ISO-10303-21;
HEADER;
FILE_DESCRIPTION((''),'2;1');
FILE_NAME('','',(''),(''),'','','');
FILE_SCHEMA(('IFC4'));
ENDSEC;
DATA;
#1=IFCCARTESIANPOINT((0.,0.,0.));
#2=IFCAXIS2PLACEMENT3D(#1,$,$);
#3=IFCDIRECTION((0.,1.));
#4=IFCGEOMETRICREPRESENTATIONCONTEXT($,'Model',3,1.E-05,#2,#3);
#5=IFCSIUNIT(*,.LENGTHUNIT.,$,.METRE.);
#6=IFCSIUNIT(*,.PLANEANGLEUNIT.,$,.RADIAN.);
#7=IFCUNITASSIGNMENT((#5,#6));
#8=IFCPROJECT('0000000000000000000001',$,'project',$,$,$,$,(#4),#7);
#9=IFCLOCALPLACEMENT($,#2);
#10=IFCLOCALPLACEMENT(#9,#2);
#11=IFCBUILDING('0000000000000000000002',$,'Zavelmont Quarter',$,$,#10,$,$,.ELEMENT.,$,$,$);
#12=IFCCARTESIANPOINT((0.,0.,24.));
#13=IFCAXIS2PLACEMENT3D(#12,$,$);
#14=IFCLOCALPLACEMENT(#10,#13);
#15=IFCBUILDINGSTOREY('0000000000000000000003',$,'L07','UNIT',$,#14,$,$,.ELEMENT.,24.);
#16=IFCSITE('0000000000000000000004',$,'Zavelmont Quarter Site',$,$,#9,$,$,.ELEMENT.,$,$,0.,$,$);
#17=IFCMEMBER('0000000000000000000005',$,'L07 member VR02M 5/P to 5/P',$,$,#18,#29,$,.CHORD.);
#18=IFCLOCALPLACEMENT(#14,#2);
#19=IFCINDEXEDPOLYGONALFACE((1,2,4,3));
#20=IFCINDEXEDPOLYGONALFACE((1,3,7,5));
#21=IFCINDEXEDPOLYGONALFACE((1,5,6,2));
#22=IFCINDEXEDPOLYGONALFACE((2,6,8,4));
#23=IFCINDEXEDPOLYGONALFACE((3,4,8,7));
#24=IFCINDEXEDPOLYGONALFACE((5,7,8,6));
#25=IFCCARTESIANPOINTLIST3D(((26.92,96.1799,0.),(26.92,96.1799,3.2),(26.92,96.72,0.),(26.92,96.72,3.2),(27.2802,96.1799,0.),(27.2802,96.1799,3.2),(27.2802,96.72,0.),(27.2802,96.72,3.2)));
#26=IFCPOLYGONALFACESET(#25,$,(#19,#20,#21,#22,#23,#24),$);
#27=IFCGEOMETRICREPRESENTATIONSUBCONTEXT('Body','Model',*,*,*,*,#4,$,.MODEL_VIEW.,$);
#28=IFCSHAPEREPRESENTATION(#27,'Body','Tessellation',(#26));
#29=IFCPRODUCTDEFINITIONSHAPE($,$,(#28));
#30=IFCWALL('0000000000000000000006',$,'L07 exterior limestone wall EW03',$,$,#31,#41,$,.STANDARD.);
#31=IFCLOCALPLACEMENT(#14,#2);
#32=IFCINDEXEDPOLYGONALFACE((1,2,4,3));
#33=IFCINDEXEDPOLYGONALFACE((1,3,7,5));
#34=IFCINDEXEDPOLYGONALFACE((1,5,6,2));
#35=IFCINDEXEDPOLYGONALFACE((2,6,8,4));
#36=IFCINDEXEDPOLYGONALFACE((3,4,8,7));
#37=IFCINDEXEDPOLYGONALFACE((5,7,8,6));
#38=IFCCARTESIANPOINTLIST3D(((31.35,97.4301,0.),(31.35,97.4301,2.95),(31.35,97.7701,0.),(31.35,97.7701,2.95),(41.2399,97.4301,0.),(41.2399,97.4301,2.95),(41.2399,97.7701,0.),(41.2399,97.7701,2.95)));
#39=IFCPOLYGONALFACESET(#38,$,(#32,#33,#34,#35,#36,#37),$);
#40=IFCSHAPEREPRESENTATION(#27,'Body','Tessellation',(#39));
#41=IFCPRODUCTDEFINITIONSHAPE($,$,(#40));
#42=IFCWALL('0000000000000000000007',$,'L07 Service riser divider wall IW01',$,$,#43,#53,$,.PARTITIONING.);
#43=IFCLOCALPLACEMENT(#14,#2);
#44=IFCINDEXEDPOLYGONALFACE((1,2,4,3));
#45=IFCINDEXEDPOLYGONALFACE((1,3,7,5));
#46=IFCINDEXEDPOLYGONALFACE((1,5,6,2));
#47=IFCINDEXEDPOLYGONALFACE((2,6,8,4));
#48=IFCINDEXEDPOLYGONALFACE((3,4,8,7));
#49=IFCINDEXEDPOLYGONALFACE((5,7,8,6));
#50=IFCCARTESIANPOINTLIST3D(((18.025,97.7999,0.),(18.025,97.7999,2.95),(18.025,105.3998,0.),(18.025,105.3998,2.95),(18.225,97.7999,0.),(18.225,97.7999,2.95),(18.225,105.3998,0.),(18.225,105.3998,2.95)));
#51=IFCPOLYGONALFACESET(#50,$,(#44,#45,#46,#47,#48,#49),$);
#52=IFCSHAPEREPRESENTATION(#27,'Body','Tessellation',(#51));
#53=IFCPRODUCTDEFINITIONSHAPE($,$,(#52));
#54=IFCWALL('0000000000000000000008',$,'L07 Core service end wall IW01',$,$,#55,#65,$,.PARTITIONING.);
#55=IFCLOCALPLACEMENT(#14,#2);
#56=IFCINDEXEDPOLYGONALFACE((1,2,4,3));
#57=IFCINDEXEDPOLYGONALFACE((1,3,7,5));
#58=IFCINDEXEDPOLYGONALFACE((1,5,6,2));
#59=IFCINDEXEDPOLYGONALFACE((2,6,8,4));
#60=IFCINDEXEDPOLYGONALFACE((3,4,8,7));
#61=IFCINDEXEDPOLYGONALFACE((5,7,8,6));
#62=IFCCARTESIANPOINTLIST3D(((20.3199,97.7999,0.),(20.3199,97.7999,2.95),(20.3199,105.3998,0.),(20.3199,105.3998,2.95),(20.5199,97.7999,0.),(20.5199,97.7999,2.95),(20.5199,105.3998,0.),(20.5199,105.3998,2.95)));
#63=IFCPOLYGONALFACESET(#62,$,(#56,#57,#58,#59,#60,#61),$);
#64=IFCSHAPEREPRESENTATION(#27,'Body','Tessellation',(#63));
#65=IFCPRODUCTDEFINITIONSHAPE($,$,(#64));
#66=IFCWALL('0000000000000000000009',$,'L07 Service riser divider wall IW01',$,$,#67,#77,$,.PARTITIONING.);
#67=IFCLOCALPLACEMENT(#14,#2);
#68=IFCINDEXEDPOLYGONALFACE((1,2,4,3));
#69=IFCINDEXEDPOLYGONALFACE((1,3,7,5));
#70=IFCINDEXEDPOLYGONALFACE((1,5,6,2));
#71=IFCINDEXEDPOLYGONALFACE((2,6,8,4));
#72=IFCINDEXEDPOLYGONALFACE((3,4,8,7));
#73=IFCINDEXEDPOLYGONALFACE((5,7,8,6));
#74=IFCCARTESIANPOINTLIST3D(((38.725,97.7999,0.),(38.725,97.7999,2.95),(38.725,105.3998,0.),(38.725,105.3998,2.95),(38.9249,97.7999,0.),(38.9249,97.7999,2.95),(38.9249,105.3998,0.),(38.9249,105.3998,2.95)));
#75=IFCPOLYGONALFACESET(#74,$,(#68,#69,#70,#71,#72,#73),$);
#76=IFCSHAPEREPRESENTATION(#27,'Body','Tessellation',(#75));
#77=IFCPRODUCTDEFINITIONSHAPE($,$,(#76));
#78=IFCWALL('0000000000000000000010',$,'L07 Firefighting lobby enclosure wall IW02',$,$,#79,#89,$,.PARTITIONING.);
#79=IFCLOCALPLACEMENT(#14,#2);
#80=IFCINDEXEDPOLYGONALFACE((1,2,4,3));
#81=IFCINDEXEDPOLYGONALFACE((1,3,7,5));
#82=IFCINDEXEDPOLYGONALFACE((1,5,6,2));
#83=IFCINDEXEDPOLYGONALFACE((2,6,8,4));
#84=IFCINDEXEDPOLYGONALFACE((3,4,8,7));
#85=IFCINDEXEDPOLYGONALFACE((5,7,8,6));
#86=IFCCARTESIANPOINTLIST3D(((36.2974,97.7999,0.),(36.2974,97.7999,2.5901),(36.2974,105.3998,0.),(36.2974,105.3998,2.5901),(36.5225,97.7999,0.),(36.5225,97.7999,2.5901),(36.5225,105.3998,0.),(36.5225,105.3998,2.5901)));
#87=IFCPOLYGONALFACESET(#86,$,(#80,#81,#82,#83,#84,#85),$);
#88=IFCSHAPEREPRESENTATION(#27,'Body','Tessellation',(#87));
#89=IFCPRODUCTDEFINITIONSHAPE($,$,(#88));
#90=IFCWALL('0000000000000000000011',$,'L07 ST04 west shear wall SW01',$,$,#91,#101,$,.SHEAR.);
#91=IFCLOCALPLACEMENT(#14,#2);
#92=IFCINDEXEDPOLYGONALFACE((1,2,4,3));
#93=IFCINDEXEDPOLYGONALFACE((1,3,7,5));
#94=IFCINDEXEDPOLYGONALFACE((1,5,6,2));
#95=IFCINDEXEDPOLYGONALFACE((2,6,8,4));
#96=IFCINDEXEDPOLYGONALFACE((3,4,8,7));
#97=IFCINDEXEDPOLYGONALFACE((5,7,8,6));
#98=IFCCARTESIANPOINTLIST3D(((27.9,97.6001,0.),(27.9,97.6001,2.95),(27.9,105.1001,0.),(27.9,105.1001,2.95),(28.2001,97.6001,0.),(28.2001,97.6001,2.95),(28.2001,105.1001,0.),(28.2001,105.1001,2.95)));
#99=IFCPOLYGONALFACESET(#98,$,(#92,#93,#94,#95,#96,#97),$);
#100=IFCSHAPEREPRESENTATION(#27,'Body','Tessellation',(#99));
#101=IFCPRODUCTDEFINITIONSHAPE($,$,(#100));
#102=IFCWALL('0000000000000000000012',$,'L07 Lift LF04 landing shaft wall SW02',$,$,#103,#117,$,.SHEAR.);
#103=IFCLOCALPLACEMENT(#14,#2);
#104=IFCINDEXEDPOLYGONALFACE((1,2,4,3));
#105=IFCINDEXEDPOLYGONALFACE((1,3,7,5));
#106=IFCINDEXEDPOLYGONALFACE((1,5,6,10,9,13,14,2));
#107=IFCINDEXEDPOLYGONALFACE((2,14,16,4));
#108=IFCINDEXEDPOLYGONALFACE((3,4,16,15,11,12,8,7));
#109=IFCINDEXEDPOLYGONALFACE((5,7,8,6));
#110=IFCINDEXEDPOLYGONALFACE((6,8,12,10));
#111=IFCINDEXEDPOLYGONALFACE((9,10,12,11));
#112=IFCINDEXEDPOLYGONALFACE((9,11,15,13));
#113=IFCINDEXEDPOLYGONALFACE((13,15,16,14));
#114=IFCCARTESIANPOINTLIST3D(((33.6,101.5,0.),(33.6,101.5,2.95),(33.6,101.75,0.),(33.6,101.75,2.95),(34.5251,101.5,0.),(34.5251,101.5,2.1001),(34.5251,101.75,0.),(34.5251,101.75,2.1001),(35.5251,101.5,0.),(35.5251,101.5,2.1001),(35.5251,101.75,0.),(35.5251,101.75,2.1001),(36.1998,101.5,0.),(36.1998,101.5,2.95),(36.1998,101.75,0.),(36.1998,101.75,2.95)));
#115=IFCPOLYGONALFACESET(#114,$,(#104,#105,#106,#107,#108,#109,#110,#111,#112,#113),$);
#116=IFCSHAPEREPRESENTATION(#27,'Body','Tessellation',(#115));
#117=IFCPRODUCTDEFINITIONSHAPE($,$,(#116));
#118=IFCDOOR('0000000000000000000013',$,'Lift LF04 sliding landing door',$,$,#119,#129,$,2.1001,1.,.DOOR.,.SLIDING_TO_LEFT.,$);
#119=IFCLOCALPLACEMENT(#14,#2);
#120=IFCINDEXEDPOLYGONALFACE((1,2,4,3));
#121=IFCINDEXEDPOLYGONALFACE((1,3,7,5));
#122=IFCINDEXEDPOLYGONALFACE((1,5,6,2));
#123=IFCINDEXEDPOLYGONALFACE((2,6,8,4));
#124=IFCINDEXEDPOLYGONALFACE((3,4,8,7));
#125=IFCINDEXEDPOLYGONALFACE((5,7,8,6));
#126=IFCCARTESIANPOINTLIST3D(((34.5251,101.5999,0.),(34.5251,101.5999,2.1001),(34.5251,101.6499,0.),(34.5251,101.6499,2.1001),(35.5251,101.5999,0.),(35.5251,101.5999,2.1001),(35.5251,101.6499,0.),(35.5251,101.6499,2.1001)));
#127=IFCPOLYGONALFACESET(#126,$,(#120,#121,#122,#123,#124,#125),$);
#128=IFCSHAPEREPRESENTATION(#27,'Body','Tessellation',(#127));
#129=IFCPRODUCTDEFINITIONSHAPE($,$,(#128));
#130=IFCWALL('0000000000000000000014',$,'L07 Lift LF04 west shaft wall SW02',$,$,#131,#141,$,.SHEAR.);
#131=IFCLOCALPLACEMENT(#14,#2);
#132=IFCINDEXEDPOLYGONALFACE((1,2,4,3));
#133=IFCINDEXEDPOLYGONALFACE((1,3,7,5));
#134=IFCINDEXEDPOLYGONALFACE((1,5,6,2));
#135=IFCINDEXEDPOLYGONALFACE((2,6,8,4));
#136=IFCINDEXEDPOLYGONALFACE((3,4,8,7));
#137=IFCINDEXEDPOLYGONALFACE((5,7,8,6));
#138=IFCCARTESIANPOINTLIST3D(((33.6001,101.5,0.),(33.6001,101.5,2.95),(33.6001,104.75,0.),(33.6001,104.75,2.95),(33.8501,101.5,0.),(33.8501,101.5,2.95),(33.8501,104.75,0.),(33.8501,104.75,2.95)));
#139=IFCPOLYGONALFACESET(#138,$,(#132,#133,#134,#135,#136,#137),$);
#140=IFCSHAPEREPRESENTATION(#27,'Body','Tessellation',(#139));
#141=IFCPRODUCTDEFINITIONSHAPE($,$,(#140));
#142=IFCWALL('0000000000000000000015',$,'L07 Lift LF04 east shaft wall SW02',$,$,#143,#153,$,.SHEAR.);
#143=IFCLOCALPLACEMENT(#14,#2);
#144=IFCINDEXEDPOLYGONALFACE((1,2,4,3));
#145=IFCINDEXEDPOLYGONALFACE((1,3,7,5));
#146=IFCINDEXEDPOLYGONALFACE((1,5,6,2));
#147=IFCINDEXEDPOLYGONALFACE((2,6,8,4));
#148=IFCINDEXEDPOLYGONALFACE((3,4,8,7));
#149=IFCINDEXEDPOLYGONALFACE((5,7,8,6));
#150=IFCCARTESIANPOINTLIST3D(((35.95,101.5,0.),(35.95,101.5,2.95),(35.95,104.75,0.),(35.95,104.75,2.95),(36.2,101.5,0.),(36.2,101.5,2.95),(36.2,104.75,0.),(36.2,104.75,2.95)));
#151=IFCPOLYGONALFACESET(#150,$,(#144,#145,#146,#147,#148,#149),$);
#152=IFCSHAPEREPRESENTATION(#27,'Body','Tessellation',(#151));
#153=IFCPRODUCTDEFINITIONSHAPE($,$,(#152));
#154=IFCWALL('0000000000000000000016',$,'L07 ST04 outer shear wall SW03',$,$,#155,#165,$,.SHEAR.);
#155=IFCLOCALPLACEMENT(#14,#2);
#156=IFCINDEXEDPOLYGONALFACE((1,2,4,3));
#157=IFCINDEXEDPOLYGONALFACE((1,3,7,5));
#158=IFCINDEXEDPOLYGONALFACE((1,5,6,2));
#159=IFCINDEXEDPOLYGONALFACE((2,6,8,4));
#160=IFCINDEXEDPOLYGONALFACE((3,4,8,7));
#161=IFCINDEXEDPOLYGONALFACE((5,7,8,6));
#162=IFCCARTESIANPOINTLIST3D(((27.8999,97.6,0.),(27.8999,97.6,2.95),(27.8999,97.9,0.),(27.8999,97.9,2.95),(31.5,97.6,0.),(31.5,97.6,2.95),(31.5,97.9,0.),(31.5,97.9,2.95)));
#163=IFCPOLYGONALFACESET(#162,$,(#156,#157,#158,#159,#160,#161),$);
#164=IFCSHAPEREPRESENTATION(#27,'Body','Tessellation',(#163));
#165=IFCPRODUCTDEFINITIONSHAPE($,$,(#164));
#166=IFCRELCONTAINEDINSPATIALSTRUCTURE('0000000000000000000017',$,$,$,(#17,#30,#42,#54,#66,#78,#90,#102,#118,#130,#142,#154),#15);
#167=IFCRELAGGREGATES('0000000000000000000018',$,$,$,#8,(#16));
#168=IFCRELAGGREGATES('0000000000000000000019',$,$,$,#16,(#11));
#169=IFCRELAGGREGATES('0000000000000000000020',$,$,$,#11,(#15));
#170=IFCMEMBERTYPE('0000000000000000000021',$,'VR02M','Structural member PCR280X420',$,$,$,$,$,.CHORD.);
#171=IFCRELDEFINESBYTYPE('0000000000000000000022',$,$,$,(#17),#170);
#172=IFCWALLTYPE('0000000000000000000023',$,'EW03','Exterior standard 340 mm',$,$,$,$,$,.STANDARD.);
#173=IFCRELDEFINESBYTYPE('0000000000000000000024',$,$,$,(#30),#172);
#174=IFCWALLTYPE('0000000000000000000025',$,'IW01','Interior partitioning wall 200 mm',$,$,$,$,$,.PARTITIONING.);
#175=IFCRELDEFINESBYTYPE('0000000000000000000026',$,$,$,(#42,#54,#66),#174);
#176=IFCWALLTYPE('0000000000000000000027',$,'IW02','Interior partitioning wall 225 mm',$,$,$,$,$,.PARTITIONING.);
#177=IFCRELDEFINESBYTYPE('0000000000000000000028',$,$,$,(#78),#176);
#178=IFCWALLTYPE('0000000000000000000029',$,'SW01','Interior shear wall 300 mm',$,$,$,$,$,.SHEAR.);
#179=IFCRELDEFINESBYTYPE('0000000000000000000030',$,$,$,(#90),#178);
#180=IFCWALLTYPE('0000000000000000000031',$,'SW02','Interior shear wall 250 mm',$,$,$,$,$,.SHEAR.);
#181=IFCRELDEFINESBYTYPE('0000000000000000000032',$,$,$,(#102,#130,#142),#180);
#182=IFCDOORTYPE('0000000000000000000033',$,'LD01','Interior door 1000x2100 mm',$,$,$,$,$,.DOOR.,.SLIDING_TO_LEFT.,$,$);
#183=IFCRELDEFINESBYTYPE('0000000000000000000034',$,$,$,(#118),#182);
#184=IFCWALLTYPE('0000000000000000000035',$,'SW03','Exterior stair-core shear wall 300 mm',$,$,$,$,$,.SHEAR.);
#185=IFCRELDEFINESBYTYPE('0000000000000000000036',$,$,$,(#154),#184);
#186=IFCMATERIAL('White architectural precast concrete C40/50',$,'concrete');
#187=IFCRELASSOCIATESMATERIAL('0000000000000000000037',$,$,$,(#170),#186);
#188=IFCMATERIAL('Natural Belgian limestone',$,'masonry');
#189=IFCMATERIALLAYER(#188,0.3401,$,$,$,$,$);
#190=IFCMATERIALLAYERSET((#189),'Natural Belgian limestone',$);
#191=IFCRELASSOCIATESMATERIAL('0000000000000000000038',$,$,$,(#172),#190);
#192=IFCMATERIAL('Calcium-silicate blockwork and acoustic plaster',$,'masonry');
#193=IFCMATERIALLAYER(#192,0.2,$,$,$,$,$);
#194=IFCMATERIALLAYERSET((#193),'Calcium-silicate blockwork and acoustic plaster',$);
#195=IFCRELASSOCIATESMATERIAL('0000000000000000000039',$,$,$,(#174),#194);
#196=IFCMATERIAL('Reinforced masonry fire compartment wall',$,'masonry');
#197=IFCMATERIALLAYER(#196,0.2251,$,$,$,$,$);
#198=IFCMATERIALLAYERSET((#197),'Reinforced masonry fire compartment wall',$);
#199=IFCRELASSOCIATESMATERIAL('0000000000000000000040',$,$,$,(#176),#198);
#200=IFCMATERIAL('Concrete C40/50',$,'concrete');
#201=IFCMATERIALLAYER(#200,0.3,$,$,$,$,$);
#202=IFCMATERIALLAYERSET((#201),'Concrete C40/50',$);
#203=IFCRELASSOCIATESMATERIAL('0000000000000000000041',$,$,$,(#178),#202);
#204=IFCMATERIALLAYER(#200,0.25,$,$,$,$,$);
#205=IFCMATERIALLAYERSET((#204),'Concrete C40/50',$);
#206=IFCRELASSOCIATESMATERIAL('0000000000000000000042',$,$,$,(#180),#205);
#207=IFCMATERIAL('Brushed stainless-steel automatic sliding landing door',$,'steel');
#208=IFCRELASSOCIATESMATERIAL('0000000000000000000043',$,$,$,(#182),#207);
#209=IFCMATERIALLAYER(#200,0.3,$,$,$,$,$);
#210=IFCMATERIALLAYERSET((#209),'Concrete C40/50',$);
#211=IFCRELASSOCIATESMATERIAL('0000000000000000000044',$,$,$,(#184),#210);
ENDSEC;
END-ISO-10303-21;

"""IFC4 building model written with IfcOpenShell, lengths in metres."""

from ifc_helpers import new_model, si_unit, direction, frame, frame_2d, origin, origin_with_axes, origin_2d, place, context, subcontext, project, spatial, rectangle, extrude, material, layer, layer_set, material_profile, profile_set, type_object, element, fill, save


model = new_model("IFC4")

# Units and contexts
model_context = context("Model", 3, precision=1e-05, world=origin(), true_north=direction((0.0, 1.0)))
body_context = subcontext(model_context, "Body", "Model", "MODEL_VIEW")
ifc_project = project(units=[si_unit("LENGTHUNIT", "METRE"), si_unit("PLANEANGLEUNIT", "RADIAN")], contexts=[model_context])

# Site, building, storey
site_placement = place(None, origin())
site = spatial("IfcSite", under=ifc_project, at=site_placement, Name="Zavelmont Quarter Site", CompositionType="ELEMENT", RefElevation=0.0)
building_placement = place(site_placement, origin())
building = spatial("IfcBuilding", under=site, at=building_placement, Name="Zavelmont Quarter", CompositionType="ELEMENT")
storey_placement = place(building_placement, frame((0.0, 0.0, 24.0)))
storey = spatial("IfcBuildingStorey", under=building, at=storey_placement, Name="L07", Description="UNIT", CompositionType="ELEMENT", Elevation=24.0)

# Shared definitions
ifc_material_1 = material(Name="Concrete C40/50", Category="concrete")

# Member
ifc_material_2 = material(Name="White architectural precast concrete C40/50", Category="concrete")
ifc_material_profile_1 = material_profile(ifc_material_2, rectangle(XDim=0.3601, YDim=0.54, at=origin_2d()), Name="PCR280X420")
ifc_profile_set_1 = profile_set([ifc_material_profile_1], Name="White architectural precast concrete C40/50")
member_type = type_object("IfcMemberType", Name="VR02M", Description="Structural member PCR280X420", PredefinedType="CHORD", material=ifc_profile_set_1)
for number, where, z_axis, x_axis, name in (
    (1, (27.1001, 96.45, 0.0), (0.0, 0.0, 1.0), (1.0, 0.0, 0.0), "L07 member VR02M 5/P to 5/P"),
):
    element("IfcMember", number, at=place(storey_placement, frame(where, z_axis=z_axis, x_axis=x_axis)), inside=storey, type_object=member_type, Name=name, PredefinedType="CHORD", context=body_context, shape_type="SweptSolid", body=[
        extrude(rectangle(XDim=0.3601, YDim=0.54, at=origin_2d()), origin(), (0.0, 0.0, 1.0), 3.2),
    ])

# Walls
ifc_material_3 = material(Name="Natural Belgian limestone", Category="masonry")
ifc_layer_1 = layer(ifc_material_3, 0.3401)
ifc_layer_set_1 = layer_set([ifc_layer_1], Name="Natural Belgian limestone")
wall_type_1 = type_object("IfcWallType", Name="EW03", Description="Exterior standard 340 mm", PredefinedType="STANDARD", material=ifc_layer_set_1)
wall_1_placement = place(storey_placement, frame((31.3501, 97.6001, 0.0), z_axis=(0.0, 0.0, 1.0), x_axis=(1.0, 0.0, 0.0)))
element("IfcWall", 2, at=wall_1_placement, inside=storey, type_object=wall_type_1, Name="L07 exterior limestone wall EW03", PredefinedType="STANDARD", context=body_context, shape_type="SweptSolid", body=[
    extrude(rectangle(XDim=9.8899, YDim=0.3401, at=frame_2d((4.9448, 0.0))), origin(), (0.0, 0.0, 1.0), 2.95),
])
ifc_material_4 = material(Name="Calcium-silicate blockwork and acoustic plaster", Category="masonry")
ifc_layer_2 = layer(ifc_material_4, 0.2)
ifc_layer_set_2 = layer_set([ifc_layer_2], Name="Calcium-silicate blockwork and acoustic plaster")
wall_type_2 = type_object("IfcWallType", Name="IW01", Description="Interior partitioning wall 200 mm", PredefinedType="PARTITIONING", material=ifc_layer_set_2)
for number, where, z_axis, x_axis, name in (
    (3, (18.125, 97.8, 0.0), (0.0, 0.0, 1.0), (0.0, 1.0, 0.0), "L07 Service riser divider wall IW01"),
    (4, (20.4199, 97.8, 0.0), (0.0, 0.0, 1.0), (0.0, 1.0, 0.0), "L07 Core service end wall IW01"),
    (5, (38.825, 97.8, 0.0), (0.0, 0.0, 1.0), (0.0, 1.0, 0.0), "L07 Service riser divider wall IW01"),
):
    element("IfcWall", number, at=place(storey_placement, frame(where, z_axis=z_axis, x_axis=x_axis)), inside=storey, type_object=wall_type_2, Name=name, PredefinedType="PARTITIONING", context=body_context, shape_type="SweptSolid", body=[
        extrude(rectangle(XDim=7.5999, YDim=0.2, at=frame_2d((3.7998, 0.0))), origin(), (0.0, 0.0, 1.0), 2.95),
    ])
ifc_material_5 = material(Name="Reinforced masonry fire compartment wall", Category="masonry")
ifc_layer_3 = layer(ifc_material_5, 0.2251)
ifc_layer_set_3 = layer_set([ifc_layer_3], Name="Reinforced masonry fire compartment wall")
wall_type_3 = type_object("IfcWallType", Name="IW02", Description="Interior partitioning wall 225 mm", PredefinedType="PARTITIONING", material=ifc_layer_set_3)
wall_2_placement = place(storey_placement, frame((36.4099, 97.8, 0.0), z_axis=(0.0, 0.0, 1.0), x_axis=(0.0, 1.0, 0.0)))
element("IfcWall", 6, at=wall_2_placement, inside=storey, type_object=wall_type_3, Name="L07 Firefighting lobby enclosure wall IW02", PredefinedType="PARTITIONING", context=body_context, shape_type="SweptSolid", body=[
    extrude(rectangle(XDim=7.5999, YDim=0.2251, at=frame_2d((3.7998, 0.0))), origin(), (0.0, 0.0, 1.0), 2.5901),
])

# Wall
ifc_layer_4 = layer(ifc_material_1, 0.3)
ifc_layer_set_4 = layer_set([ifc_layer_4], Name="Concrete C40/50")
wall_type_4 = type_object("IfcWallType", Name="SW01", Description="Interior shear wall 300 mm", PredefinedType="SHEAR", material=ifc_layer_set_4)
wall_3_placement = place(storey_placement, frame((28.05, 97.6001, 0.0), z_axis=(0.0, 0.0, 1.0), x_axis=(0.0, 1.0, 0.0)))
element("IfcWall", 7, at=wall_3_placement, inside=storey, type_object=wall_type_4, Name="L07 ST04 west shear wall SW01", PredefinedType="SHEAR", context=body_context, shape_type="SweptSolid", body=[
    extrude(rectangle(XDim=7.5, YDim=0.3, at=frame_2d((3.75, 0.0))), origin(), (0.0, 0.0, 1.0), 2.95),
])

# Wall, opening, door
ifc_layer_5 = layer(ifc_material_1, 0.25)
ifc_layer_set_5 = layer_set([ifc_layer_5], Name="Concrete C40/50")
wall_type_5 = type_object("IfcWallType", Name="SW02", Description="Interior shear wall 250 mm", PredefinedType="SHEAR", material=ifc_layer_set_5)
wall_4_placement = place(storey_placement, frame((33.6001, 101.625, 0.0), z_axis=(0.0, 0.0, 1.0), x_axis=(1.0, 0.0, 0.0)))
wall_4 = element("IfcWall", 8, at=wall_4_placement, inside=storey, type_object=wall_type_5, Name="L07 Lift LF04 landing shaft wall SW02", PredefinedType="SHEAR", context=body_context, shape_type="SweptSolid", body=[
    extrude(rectangle(XDim=2.5999, YDim=0.25, at=frame_2d((1.2998, 0.0))), origin(), (0.0, 0.0, 1.0), 2.95),
])
opening_1_placement = place(wall_4_placement, frame((0.925, 0.0, 0.0)))
opening_1 = element("IfcOpeningElement", 9, at=opening_1_placement, cuts=wall_4, PredefinedType="OPENING", context=body_context, shape_type="SweptSolid", body=[
    extrude(rectangle(XDim=1.0, YDim=2.1001, at=frame_2d((0.5, 1.05))), frame((0.0, 0.137, 0.0), z_axis=(0.0, -1.0, 0.0), x_axis=(1.0, 0.0, 0.0)), (0.0, 0.0, 1.0), 0.2739),
])
ifc_material_6 = material(Name="Brushed stainless-steel automatic sliding landing door", Category="steel")
door_type_1 = type_object("IfcDoorType", Name="LD01", Description="Interior door 1000x2100 mm", OperationType="SLIDING_TO_LEFT", PredefinedType="DOOR", material=ifc_material_6)
door_1_placement = place(opening_1_placement, origin_with_axes())
door_1 = element("IfcDoor", 10, at=door_1_placement, inside=storey, type_object=door_type_1, Name="Lift LF04 sliding landing door", OperationType="SLIDING_TO_LEFT", OverallHeight=2.1001, OverallWidth=1.0, PredefinedType="DOOR", context=body_context, shape_type="SweptSolid", body=[
    extrude(rectangle(XDim=1.0, YDim=2.1001, at=frame_2d((0.5, 1.05))), frame((0.0, 0.0249, 0.0), z_axis=(0.0, -1.0, 0.0), x_axis=(1.0, 0.0, 0.0)), (0.0, 0.0, 1.0), 0.05),
])
fill(opening_1, door_1)

# Walls
for number, where, z_axis, x_axis, name in (
    (11, (33.7251, 101.5, 0.0), (0.0, 0.0, 1.0), (0.0, 1.0, 0.0), "L07 Lift LF04 west shaft wall SW02"),
    (12, (36.075, 101.5, 0.0), (0.0, 0.0, 1.0), (0.0, 1.0, 0.0), "L07 Lift LF04 east shaft wall SW02"),
):
    element("IfcWall", number, at=place(storey_placement, frame(where, z_axis=z_axis, x_axis=x_axis)), inside=storey, type_object=wall_type_5, Name=name, PredefinedType="SHEAR", context=body_context, shape_type="SweptSolid", body=[
        extrude(rectangle(XDim=3.25, YDim=0.25, at=frame_2d((1.625, 0.0))), origin(), (0.0, 0.0, 1.0), 2.95),
    ])
ifc_layer_6 = layer(ifc_material_1, 0.3)
ifc_layer_set_6 = layer_set([ifc_layer_6], Name="Concrete C40/50")
wall_type_6 = type_object("IfcWallType", Name="SW03", Description="Exterior stair-core shear wall 300 mm", PredefinedType="SHEAR", material=ifc_layer_set_6)
wall_5_placement = place(storey_placement, frame((27.8999, 97.75, 0.0), z_axis=(0.0, 0.0, 1.0), x_axis=(1.0, 0.0, 0.0)))
element("IfcWall", 13, at=wall_5_placement, inside=storey, type_object=wall_type_6, Name="L07 ST04 outer shear wall SW03", PredefinedType="SHEAR", context=body_context, shape_type="SweptSolid", body=[
    extrude(rectangle(XDim=3.6001, YDim=0.3, at=frame_2d((1.8, 0.0))), origin(), (0.0, 0.0, 1.0), 2.95),
])

save(model, "model.ifc")
